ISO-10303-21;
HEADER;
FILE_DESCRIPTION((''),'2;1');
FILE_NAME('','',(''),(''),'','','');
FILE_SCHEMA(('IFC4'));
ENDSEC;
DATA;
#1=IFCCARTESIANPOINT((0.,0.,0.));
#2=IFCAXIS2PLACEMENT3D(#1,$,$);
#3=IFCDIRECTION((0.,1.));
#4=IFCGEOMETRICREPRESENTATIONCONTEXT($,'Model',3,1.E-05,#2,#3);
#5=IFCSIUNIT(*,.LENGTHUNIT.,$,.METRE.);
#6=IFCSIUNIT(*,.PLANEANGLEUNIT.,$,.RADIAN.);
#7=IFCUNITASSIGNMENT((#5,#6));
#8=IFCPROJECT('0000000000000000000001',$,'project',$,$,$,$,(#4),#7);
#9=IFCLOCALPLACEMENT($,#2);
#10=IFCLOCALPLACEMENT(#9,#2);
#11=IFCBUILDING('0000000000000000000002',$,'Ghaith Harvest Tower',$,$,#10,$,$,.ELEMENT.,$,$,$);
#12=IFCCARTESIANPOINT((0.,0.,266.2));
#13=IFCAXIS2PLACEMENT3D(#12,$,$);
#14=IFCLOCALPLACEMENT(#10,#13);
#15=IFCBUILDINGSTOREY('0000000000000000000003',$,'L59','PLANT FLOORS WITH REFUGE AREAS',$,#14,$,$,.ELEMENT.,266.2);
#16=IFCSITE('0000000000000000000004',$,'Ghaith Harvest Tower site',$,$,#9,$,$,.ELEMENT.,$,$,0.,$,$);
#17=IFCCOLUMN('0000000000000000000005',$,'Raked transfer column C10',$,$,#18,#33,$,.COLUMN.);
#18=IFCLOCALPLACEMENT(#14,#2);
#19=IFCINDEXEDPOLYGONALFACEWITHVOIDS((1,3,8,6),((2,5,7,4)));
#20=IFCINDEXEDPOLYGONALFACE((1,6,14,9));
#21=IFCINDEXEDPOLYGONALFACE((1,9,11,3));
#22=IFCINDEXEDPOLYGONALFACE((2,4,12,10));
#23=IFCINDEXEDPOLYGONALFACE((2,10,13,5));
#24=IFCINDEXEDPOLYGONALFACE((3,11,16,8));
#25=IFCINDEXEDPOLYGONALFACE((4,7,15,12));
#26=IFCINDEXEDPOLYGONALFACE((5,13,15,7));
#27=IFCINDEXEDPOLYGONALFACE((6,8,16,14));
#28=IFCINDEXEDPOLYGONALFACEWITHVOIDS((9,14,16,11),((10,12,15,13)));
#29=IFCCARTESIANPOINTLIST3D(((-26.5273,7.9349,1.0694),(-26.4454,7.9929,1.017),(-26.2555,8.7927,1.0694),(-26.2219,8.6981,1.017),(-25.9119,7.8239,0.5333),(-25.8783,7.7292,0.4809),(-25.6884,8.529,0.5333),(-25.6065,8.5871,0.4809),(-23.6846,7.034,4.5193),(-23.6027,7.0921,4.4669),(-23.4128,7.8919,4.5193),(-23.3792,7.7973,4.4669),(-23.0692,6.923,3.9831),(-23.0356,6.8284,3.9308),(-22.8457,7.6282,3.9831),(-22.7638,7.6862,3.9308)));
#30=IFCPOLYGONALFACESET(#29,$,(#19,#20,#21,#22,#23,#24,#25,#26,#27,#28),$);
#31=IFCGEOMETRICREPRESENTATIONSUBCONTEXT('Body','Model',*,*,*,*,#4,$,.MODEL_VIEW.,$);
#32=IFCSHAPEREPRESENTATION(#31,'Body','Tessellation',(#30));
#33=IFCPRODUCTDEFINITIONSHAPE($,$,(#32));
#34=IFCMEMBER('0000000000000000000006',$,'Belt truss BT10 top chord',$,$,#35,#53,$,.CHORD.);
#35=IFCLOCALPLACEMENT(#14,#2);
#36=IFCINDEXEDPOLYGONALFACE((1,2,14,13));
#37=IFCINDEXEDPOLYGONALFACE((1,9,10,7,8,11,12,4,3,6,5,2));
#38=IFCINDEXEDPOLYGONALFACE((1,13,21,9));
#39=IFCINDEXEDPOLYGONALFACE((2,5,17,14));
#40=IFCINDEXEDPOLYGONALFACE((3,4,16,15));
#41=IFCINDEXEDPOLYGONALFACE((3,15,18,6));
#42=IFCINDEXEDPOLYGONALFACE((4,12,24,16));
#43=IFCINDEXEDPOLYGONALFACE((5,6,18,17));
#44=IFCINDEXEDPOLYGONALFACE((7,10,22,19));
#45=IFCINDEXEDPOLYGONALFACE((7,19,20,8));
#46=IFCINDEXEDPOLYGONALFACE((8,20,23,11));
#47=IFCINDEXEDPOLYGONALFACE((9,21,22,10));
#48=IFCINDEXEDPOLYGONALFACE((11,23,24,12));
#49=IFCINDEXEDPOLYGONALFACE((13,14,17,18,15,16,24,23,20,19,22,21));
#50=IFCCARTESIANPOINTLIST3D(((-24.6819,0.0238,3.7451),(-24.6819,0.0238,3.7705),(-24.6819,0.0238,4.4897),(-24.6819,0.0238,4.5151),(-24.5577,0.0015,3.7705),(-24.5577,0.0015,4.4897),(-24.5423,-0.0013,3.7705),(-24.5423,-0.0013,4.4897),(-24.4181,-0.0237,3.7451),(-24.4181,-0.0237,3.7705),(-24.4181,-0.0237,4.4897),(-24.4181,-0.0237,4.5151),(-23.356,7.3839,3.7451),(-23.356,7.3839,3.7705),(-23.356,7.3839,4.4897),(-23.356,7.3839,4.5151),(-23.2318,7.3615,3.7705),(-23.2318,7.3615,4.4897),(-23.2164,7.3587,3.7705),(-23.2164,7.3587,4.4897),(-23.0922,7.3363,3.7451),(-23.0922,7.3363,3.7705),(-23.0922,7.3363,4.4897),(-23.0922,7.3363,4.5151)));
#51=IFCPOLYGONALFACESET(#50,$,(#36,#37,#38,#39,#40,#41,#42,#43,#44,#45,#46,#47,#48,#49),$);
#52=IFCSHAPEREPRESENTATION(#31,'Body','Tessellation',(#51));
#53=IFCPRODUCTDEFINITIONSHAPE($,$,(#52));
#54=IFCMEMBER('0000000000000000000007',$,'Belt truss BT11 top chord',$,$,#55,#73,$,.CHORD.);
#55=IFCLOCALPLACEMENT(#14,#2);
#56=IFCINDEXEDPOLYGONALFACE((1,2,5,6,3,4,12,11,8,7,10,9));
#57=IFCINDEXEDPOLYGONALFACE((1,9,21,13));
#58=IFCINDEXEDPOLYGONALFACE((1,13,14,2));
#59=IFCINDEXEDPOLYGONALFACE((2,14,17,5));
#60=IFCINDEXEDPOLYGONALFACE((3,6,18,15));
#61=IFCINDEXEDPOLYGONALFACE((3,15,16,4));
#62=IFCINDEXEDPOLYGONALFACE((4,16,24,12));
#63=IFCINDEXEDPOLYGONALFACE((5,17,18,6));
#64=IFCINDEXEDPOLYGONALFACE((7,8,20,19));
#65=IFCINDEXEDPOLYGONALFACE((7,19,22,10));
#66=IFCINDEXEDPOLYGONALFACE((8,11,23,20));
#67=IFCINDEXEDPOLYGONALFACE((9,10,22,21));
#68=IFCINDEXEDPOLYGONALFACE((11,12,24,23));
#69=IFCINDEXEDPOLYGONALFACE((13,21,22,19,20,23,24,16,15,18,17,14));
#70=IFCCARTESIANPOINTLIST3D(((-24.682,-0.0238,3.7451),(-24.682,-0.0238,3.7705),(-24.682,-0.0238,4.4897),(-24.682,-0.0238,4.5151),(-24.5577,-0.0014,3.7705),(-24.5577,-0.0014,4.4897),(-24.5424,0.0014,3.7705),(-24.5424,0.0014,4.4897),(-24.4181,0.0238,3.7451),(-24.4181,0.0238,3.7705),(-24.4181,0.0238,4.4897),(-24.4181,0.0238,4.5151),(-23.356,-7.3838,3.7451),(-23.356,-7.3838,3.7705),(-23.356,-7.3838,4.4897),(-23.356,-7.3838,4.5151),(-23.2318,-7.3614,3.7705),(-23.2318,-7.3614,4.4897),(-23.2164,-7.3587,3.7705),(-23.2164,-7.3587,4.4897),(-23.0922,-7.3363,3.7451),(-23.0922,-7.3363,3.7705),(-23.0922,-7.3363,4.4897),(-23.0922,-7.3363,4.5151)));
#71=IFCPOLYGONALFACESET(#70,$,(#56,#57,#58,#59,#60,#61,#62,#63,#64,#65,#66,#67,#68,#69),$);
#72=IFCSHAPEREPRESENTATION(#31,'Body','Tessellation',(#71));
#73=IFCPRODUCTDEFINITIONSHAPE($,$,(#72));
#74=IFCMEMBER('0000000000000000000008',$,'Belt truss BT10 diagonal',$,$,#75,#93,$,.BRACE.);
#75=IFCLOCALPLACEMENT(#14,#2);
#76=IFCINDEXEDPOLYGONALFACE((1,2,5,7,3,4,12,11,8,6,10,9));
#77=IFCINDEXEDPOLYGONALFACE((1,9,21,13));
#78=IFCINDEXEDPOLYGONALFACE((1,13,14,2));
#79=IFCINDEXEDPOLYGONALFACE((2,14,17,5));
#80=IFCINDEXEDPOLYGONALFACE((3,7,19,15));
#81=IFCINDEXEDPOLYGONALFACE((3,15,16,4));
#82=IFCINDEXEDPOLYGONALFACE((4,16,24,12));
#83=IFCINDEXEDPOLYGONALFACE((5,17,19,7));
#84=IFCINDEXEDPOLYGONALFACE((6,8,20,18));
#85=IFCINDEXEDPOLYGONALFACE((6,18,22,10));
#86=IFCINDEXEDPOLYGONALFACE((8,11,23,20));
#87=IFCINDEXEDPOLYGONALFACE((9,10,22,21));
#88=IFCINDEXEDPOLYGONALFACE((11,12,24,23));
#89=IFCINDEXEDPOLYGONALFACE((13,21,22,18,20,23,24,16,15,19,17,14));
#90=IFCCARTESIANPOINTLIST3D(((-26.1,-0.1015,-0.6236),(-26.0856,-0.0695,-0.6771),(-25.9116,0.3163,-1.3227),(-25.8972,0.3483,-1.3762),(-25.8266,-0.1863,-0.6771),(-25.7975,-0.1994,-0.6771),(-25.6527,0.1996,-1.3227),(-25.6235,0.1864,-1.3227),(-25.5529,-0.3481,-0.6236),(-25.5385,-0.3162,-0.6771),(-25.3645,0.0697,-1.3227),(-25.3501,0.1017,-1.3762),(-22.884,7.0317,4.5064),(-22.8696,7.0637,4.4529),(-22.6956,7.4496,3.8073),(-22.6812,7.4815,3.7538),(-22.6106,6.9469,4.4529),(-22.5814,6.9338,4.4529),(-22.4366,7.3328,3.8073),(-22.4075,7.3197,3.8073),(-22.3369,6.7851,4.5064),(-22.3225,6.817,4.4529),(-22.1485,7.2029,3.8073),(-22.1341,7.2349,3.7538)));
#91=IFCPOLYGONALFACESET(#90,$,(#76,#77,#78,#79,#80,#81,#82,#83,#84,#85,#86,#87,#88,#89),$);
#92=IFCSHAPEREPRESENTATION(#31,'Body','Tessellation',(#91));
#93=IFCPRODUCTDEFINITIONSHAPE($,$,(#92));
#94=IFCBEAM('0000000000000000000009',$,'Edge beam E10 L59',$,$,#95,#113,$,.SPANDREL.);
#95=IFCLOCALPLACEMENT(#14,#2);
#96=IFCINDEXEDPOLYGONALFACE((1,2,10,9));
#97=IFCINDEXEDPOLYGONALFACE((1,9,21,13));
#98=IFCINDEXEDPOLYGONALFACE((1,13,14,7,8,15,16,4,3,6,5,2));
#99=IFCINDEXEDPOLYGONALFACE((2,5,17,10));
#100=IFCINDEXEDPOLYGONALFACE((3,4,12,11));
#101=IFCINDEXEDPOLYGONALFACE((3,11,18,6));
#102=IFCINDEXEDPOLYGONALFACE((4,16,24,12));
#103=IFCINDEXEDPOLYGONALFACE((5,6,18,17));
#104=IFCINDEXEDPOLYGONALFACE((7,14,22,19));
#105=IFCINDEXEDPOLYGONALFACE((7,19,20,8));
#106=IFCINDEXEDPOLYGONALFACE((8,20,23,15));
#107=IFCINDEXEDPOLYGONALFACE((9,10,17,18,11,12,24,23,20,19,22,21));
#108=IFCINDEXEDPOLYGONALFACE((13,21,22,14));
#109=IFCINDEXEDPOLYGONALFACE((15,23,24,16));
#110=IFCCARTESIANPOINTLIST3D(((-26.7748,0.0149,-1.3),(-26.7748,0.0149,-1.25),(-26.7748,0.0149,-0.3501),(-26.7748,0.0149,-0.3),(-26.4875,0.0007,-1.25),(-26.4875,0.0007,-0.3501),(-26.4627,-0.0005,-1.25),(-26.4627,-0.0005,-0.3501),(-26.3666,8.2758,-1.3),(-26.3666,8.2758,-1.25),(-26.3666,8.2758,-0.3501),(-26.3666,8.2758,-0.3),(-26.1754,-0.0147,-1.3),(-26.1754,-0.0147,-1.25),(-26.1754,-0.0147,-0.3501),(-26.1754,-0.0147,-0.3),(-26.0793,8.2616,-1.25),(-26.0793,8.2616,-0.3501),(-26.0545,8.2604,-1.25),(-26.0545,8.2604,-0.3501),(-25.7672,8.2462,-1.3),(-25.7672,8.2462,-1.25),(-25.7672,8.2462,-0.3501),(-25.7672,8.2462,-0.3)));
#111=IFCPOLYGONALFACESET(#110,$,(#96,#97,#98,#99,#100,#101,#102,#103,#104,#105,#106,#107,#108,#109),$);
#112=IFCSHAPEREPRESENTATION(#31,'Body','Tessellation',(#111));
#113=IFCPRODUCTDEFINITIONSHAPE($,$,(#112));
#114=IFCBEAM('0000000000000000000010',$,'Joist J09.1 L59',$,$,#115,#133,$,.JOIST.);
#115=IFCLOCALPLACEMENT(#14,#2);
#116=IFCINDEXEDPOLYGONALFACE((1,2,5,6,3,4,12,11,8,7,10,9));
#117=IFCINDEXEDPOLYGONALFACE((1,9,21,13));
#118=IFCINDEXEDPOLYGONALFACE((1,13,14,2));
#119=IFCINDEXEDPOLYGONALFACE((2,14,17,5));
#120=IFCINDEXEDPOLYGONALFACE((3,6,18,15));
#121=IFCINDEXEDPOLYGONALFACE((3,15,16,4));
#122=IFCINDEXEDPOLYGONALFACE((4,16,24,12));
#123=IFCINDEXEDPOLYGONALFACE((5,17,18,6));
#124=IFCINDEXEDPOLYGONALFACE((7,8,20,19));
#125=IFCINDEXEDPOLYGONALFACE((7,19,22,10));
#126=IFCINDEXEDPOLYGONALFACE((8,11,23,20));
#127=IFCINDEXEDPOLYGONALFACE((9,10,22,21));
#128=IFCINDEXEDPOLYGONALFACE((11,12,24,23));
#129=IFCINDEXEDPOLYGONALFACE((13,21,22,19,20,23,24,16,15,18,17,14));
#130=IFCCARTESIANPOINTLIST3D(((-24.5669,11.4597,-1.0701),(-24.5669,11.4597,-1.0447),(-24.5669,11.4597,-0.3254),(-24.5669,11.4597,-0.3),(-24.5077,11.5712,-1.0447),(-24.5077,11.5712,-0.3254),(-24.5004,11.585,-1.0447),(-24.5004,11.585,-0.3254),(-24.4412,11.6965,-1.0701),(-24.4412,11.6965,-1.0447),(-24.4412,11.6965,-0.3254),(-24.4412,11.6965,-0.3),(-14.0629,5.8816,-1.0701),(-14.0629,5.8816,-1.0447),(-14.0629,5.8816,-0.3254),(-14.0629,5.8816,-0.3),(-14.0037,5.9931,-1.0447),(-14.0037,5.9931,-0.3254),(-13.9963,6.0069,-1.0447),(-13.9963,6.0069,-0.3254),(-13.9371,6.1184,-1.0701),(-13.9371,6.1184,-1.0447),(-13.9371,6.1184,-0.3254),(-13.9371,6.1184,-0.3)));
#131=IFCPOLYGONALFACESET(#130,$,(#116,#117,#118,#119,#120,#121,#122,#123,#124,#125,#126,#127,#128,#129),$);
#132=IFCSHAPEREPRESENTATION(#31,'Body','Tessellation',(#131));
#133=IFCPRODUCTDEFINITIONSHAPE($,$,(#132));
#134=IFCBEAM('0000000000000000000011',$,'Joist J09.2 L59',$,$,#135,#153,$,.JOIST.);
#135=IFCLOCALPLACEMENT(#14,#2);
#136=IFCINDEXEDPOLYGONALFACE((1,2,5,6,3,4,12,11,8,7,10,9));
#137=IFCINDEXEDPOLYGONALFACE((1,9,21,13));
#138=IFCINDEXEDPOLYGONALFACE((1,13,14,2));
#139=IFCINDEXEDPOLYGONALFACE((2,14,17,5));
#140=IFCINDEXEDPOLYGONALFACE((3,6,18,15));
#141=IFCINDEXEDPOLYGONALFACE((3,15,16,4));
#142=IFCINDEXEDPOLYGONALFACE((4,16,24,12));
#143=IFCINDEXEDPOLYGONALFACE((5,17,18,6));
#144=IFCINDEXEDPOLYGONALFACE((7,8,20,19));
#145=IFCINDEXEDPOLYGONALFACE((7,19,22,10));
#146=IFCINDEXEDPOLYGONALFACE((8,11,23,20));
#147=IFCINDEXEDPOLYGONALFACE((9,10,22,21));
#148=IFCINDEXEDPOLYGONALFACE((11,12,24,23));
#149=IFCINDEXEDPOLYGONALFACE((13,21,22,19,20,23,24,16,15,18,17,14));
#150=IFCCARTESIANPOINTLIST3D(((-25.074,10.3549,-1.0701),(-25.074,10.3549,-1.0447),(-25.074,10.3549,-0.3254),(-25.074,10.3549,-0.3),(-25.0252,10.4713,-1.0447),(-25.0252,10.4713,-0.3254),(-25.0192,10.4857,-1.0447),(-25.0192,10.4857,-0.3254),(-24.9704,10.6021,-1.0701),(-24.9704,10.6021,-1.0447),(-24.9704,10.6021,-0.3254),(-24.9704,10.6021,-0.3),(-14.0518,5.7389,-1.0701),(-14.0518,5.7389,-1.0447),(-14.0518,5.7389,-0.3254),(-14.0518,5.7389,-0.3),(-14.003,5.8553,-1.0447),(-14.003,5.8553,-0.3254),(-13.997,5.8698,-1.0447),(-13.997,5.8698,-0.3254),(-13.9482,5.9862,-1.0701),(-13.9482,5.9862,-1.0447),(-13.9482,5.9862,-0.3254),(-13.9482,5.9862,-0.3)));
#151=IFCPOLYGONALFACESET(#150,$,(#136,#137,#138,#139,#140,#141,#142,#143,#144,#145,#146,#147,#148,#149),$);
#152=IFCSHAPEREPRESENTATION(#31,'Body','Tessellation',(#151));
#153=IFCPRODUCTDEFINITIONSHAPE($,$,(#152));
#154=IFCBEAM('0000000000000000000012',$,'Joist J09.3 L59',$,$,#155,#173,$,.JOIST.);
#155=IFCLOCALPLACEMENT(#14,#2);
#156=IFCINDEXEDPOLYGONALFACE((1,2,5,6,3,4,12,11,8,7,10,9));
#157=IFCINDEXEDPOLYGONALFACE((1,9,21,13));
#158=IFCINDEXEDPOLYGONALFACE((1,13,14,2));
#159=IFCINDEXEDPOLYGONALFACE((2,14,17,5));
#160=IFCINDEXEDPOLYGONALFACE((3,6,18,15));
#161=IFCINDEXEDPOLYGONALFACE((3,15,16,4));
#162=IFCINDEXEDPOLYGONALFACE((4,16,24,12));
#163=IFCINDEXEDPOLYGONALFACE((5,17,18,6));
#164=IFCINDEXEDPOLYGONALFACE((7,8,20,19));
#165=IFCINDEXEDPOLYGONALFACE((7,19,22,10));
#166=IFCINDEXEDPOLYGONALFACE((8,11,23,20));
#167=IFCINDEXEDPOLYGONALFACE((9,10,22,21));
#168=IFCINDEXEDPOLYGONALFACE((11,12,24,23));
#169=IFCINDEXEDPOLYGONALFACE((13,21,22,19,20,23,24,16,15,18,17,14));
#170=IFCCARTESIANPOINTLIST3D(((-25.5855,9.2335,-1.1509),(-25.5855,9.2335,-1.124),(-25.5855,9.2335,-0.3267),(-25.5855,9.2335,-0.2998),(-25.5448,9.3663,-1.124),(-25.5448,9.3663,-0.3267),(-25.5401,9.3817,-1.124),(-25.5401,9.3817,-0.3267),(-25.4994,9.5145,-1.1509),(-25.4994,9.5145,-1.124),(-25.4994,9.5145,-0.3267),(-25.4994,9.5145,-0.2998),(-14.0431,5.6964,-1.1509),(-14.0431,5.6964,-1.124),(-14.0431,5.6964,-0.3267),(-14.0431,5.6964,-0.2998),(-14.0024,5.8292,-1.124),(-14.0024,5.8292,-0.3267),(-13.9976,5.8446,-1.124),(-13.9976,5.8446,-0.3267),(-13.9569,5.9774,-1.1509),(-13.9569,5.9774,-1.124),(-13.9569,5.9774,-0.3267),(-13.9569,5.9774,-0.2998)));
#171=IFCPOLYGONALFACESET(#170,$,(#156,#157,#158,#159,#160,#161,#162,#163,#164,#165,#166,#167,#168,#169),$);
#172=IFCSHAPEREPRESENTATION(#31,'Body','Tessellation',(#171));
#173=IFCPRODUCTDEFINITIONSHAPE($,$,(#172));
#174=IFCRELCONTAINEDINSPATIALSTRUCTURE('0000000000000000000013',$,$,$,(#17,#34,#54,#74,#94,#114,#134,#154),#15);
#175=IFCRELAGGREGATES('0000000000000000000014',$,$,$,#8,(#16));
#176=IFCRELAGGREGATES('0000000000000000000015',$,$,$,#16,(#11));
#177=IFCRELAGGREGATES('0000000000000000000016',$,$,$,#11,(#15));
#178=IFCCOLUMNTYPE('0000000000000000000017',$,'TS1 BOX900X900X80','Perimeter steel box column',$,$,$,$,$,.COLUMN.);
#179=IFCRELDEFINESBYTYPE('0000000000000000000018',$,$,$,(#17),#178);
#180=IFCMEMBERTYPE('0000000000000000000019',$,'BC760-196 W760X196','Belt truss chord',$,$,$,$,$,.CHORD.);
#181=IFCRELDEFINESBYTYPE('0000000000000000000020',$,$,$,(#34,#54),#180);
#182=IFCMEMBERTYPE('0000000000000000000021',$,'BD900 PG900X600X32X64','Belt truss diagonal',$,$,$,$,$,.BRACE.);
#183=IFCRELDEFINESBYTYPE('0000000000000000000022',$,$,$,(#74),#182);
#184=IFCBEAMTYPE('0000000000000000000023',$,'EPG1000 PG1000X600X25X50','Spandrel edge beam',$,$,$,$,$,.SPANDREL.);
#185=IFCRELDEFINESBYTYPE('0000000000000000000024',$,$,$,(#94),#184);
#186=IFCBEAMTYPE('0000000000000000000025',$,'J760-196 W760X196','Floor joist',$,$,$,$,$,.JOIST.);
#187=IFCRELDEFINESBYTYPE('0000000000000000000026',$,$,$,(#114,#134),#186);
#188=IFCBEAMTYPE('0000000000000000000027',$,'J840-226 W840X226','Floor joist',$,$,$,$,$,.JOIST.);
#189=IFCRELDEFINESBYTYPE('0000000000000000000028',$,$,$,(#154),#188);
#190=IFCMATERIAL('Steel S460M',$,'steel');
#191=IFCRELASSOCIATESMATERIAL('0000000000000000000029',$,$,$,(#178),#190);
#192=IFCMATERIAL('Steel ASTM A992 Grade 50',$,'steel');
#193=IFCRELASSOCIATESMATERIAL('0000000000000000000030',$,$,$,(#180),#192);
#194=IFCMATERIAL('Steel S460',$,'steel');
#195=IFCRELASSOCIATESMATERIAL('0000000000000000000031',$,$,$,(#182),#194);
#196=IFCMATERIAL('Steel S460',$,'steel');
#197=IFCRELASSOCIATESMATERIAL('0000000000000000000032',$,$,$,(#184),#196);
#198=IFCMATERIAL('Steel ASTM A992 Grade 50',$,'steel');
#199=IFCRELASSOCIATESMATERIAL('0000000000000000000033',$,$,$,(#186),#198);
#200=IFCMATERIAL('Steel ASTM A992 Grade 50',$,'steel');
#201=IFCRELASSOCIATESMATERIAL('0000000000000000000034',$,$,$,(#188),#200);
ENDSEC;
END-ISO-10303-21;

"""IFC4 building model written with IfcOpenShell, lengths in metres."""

from ifc_helpers import new_model, si_unit, direction, frame, origin, origin_2d, place, context, subcontext, project, spatial, hollow_rectangle, i_section, extrude, material, material_profile, profile_set, type_object, element, save


model = new_model("IFC4")

# Units and contexts
model_context = context("Model", 3, precision=1e-05, world=origin(), true_north=direction((0.0, 1.0)))
body_context = subcontext(model_context, "Body", "Model", "MODEL_VIEW")
ifc_project = project(units=[si_unit("LENGTHUNIT", "METRE"), si_unit("PLANEANGLEUNIT", "RADIAN")], contexts=[model_context])

# Site, building, storey
site_placement = place(None, origin())
site = spatial("IfcSite", under=ifc_project, at=site_placement, Name="Ghaith Harvest Tower site", CompositionType="ELEMENT", RefElevation=0.0)
building_placement = place(site_placement, origin())
building = spatial("IfcBuilding", under=site, at=building_placement, Name="Ghaith Harvest Tower", CompositionType="ELEMENT")
storey_placement = place(building_placement, frame((0.0, 0.0, 266.2)))
storey = spatial("IfcBuildingStorey", under=building, at=storey_placement, Name="L59", Description="PLANT FLOORS WITH REFUGE AREAS", CompositionType="ELEMENT", Elevation=266.2)

# Column
ifc_material_1 = material(Name="Steel S460M", Category="steel")
ifc_material_profile_1 = material_profile(ifc_material_1, hollow_rectangle(XDim=0.8999, YDim=0.8999, WallThickness=0.0801, at=origin_2d()), Name="BOX900X900X80")
ifc_profile_set_1 = profile_set([ifc_material_profile_1], Name="Steel S460M")
column_type = type_object("IfcColumnType", Name="TS1 BOX900X900X80", Description="Perimeter steel box column", PredefinedType="COLUMN", material=ifc_profile_set_1)
column_placement = place(storey_placement, frame((-26.0669, 8.261, 0.7751), z_axis=(0.623393, -0.197554, 0.756541), x_axis=(0.302095, 0.953278, 0.0)))
element("IfcColumn", 1, at=column_placement, inside=storey, type_object=column_type, Name="Raked transfer column C10", PredefinedType="COLUMN", context=body_context, shape_type="SweptSolid", body=[
    extrude(hollow_rectangle(XDim=0.8999, YDim=0.8999, WallThickness=0.0801, at=origin_2d()), origin(), (0.0, 0.0, 1.0), 4.5601),
])

# Members
ifc_material_2 = material(Name="Steel ASTM A992 Grade 50", Category="steel")
ifc_material_profile_2 = material_profile(ifc_material_2, i_section(OverallWidth=0.2681, OverallDepth=0.77, WebThickness=0.0156, FlangeThickness=0.0254, at=origin_2d()), Name="W760X196")
ifc_profile_set_2 = profile_set([ifc_material_profile_2], Name="Steel ASTM A992 Grade 50")
member_type_1 = type_object("IfcMemberType", Name="BC760-196 W760X196", Description="Belt truss chord", PredefinedType="CHORD", material=ifc_profile_set_2)
for number, where, z_axis, x_axis, name in (
    (2, (-23.2241, 7.3601, 4.1301), (-0.177297, -0.984157, 0.0), (0.984157, -0.177297, 0.0), "Belt truss BT10 top chord"),
    (3, (-24.55, 0.0, 4.1301), (0.177297, -0.984157, 0.0), (0.984157, 0.177297, 0.0), "Belt truss BT11 top chord"),
):
    element("IfcMember", number, at=place(storey_placement, frame(where, z_axis=z_axis, x_axis=x_axis)), inside=storey, type_object=member_type_1, Name=name, PredefinedType="CHORD", context=body_context, shape_type="SweptSolid", body=[
        extrude(i_section(OverallWidth=0.2681, OverallDepth=0.77, WebThickness=0.0156, FlangeThickness=0.0254, at=origin_2d()), origin(), (0.0, 0.0, 1.0), 7.4785),
    ])
ifc_material_3 = material(Name="Steel S460", Category="steel")
ifc_material_profile_3 = material_profile(ifc_material_3, i_section(OverallWidth=0.6001, OverallDepth=0.8999, WebThickness=0.032, FlangeThickness=0.064, at=origin_2d()), Name="PG900X600X32X64")
ifc_profile_set_3 = profile_set([ifc_material_profile_3], Name="Steel S460")
member_type_2 = type_object("IfcMemberType", Name="BD900 PG900X600X32X64", Description="Belt truss diagonal", PredefinedType="BRACE", material=ifc_profile_set_3)
member_1_placement = place(storey_placement, frame((-22.509, 7.1333, 4.1301), z_axis=(-0.343723, -0.762385, -0.548292), x_axis=(0.911631, -0.411011, 0.0)))
element("IfcMember", 4, at=member_1_placement, inside=storey, type_object=member_type_2, Name="Belt truss BT10 diagonal", PredefinedType="BRACE", context=body_context, shape_type="SweptSolid", body=[
    extrude(i_section(OverallWidth=0.6001, OverallDepth=0.8999, WebThickness=0.032, FlangeThickness=0.064, at=origin_2d()), origin(), (0.0, 0.0, 1.0), 9.3564),
])

# Beams
ifc_material_4 = material(Name="Steel S460", Category="steel")
ifc_material_profile_4 = material_profile(ifc_material_4, i_section(OverallWidth=0.6001, OverallDepth=1.0, WebThickness=0.0249, FlangeThickness=0.05, at=origin_2d()), Name="PG1000X600X25X50")
ifc_profile_set_4 = profile_set([ifc_material_profile_4], Name="Steel S460")
beam_type_1 = type_object("IfcBeamType", Name="EPG1000 PG1000X600X25X50", Description="Spandrel edge beam", PredefinedType="SPANDREL", material=ifc_profile_set_4)
beam_1_placement = place(storey_placement, frame((-26.0669, 8.261, -0.8), z_axis=(-0.049353, -0.998781, 0.0), x_axis=(0.998781, -0.049353, 0.0)))
element("IfcBeam", 5, at=beam_1_placement, inside=storey, type_object=beam_type_1, Name="Edge beam E10 L59", PredefinedType="SPANDREL", context=body_context, shape_type="SweptSolid", body=[
    extrude(i_section(OverallWidth=0.6001, OverallDepth=1.0, WebThickness=0.0249, FlangeThickness=0.05, at=origin_2d()), origin(), (0.0, 0.0, 1.0), 8.271),
])
ifc_material_5 = material(Name="Steel ASTM A992 Grade 50", Category="steel")
ifc_material_profile_5 = material_profile(ifc_material_5, i_section(OverallWidth=0.2681, OverallDepth=0.77, WebThickness=0.0156, FlangeThickness=0.0254, at=origin_2d()), Name="W760X196")
ifc_profile_set_5 = profile_set([ifc_material_profile_5], Name="Steel ASTM A992 Grade 50")
beam_type_2 = type_object("IfcBeamType", Name="J760-196 W760X196", Description="Floor joist", PredefinedType="JOIST", material=ifc_profile_set_5)
beam_2_placement = place(storey_placement, frame((-14.0, 6.0, -0.6851), z_axis=(-0.883193, 0.469011, 0.0), x_axis=(-0.469011, -0.883193, 0.0)))
element("IfcBeam", 6, at=beam_2_placement, inside=storey, type_object=beam_type_2, Name="Joist J09.1 L59", PredefinedType="JOIST", context=body_context, shape_type="SweptSolid", body=[
    extrude(i_section(OverallWidth=0.2681, OverallDepth=0.77, WebThickness=0.0156, FlangeThickness=0.0254, at=origin_2d()), origin(), (0.0, 0.0, 1.0), 11.8933),
])
beam_3_placement = place(storey_placement, frame((-14.0, 5.8625, -0.6851), z_axis=(-0.922381, 0.386282, 0.0), x_axis=(-0.386282, -0.922381, 0.0)))
element("IfcBeam", 7, at=beam_3_placement, inside=storey, type_object=beam_type_2, Name="Joist J09.2 L59", PredefinedType="JOIST", context=body_context, shape_type="SweptSolid", body=[
    extrude(i_section(OverallWidth=0.2681, OverallDepth=0.77, WebThickness=0.0156, FlangeThickness=0.0254, at=origin_2d()), origin(), (0.0, 0.0, 1.0), 11.9497),
])
ifc_material_6 = material(Name="Steel ASTM A992 Grade 50", Category="steel")
ifc_material_profile_6 = material_profile(ifc_material_6, i_section(OverallWidth=0.2939, OverallDepth=0.8511, WebThickness=0.0161, FlangeThickness=0.0269, at=origin_2d()), Name="W840X226")
ifc_profile_set_6 = profile_set([ifc_material_profile_6], Name="Steel ASTM A992 Grade 50")
beam_type_3 = type_object("IfcBeamType", Name="J840-226 W840X226", Description="Floor joist", PredefinedType="JOIST", material=ifc_profile_set_6)
beam_4_placement = place(storey_placement, frame((-14.0, 5.8369, -0.7253), z_axis=(-0.956114, 0.292994, 0.0), x_axis=(-0.292994, -0.956114, 0.0)))
element("IfcBeam", 8, at=beam_4_placement, inside=storey, type_object=beam_type_3, Name="Joist J09.3 L59", PredefinedType="JOIST", context=body_context, shape_type="SweptSolid", body=[
    extrude(i_section(OverallWidth=0.2939, OverallDepth=0.8511, WebThickness=0.0161, FlangeThickness=0.0269, at=origin_2d()), origin(), (0.0, 0.0, 1.0), 12.0723),
])

save(model, "model.ifc")
